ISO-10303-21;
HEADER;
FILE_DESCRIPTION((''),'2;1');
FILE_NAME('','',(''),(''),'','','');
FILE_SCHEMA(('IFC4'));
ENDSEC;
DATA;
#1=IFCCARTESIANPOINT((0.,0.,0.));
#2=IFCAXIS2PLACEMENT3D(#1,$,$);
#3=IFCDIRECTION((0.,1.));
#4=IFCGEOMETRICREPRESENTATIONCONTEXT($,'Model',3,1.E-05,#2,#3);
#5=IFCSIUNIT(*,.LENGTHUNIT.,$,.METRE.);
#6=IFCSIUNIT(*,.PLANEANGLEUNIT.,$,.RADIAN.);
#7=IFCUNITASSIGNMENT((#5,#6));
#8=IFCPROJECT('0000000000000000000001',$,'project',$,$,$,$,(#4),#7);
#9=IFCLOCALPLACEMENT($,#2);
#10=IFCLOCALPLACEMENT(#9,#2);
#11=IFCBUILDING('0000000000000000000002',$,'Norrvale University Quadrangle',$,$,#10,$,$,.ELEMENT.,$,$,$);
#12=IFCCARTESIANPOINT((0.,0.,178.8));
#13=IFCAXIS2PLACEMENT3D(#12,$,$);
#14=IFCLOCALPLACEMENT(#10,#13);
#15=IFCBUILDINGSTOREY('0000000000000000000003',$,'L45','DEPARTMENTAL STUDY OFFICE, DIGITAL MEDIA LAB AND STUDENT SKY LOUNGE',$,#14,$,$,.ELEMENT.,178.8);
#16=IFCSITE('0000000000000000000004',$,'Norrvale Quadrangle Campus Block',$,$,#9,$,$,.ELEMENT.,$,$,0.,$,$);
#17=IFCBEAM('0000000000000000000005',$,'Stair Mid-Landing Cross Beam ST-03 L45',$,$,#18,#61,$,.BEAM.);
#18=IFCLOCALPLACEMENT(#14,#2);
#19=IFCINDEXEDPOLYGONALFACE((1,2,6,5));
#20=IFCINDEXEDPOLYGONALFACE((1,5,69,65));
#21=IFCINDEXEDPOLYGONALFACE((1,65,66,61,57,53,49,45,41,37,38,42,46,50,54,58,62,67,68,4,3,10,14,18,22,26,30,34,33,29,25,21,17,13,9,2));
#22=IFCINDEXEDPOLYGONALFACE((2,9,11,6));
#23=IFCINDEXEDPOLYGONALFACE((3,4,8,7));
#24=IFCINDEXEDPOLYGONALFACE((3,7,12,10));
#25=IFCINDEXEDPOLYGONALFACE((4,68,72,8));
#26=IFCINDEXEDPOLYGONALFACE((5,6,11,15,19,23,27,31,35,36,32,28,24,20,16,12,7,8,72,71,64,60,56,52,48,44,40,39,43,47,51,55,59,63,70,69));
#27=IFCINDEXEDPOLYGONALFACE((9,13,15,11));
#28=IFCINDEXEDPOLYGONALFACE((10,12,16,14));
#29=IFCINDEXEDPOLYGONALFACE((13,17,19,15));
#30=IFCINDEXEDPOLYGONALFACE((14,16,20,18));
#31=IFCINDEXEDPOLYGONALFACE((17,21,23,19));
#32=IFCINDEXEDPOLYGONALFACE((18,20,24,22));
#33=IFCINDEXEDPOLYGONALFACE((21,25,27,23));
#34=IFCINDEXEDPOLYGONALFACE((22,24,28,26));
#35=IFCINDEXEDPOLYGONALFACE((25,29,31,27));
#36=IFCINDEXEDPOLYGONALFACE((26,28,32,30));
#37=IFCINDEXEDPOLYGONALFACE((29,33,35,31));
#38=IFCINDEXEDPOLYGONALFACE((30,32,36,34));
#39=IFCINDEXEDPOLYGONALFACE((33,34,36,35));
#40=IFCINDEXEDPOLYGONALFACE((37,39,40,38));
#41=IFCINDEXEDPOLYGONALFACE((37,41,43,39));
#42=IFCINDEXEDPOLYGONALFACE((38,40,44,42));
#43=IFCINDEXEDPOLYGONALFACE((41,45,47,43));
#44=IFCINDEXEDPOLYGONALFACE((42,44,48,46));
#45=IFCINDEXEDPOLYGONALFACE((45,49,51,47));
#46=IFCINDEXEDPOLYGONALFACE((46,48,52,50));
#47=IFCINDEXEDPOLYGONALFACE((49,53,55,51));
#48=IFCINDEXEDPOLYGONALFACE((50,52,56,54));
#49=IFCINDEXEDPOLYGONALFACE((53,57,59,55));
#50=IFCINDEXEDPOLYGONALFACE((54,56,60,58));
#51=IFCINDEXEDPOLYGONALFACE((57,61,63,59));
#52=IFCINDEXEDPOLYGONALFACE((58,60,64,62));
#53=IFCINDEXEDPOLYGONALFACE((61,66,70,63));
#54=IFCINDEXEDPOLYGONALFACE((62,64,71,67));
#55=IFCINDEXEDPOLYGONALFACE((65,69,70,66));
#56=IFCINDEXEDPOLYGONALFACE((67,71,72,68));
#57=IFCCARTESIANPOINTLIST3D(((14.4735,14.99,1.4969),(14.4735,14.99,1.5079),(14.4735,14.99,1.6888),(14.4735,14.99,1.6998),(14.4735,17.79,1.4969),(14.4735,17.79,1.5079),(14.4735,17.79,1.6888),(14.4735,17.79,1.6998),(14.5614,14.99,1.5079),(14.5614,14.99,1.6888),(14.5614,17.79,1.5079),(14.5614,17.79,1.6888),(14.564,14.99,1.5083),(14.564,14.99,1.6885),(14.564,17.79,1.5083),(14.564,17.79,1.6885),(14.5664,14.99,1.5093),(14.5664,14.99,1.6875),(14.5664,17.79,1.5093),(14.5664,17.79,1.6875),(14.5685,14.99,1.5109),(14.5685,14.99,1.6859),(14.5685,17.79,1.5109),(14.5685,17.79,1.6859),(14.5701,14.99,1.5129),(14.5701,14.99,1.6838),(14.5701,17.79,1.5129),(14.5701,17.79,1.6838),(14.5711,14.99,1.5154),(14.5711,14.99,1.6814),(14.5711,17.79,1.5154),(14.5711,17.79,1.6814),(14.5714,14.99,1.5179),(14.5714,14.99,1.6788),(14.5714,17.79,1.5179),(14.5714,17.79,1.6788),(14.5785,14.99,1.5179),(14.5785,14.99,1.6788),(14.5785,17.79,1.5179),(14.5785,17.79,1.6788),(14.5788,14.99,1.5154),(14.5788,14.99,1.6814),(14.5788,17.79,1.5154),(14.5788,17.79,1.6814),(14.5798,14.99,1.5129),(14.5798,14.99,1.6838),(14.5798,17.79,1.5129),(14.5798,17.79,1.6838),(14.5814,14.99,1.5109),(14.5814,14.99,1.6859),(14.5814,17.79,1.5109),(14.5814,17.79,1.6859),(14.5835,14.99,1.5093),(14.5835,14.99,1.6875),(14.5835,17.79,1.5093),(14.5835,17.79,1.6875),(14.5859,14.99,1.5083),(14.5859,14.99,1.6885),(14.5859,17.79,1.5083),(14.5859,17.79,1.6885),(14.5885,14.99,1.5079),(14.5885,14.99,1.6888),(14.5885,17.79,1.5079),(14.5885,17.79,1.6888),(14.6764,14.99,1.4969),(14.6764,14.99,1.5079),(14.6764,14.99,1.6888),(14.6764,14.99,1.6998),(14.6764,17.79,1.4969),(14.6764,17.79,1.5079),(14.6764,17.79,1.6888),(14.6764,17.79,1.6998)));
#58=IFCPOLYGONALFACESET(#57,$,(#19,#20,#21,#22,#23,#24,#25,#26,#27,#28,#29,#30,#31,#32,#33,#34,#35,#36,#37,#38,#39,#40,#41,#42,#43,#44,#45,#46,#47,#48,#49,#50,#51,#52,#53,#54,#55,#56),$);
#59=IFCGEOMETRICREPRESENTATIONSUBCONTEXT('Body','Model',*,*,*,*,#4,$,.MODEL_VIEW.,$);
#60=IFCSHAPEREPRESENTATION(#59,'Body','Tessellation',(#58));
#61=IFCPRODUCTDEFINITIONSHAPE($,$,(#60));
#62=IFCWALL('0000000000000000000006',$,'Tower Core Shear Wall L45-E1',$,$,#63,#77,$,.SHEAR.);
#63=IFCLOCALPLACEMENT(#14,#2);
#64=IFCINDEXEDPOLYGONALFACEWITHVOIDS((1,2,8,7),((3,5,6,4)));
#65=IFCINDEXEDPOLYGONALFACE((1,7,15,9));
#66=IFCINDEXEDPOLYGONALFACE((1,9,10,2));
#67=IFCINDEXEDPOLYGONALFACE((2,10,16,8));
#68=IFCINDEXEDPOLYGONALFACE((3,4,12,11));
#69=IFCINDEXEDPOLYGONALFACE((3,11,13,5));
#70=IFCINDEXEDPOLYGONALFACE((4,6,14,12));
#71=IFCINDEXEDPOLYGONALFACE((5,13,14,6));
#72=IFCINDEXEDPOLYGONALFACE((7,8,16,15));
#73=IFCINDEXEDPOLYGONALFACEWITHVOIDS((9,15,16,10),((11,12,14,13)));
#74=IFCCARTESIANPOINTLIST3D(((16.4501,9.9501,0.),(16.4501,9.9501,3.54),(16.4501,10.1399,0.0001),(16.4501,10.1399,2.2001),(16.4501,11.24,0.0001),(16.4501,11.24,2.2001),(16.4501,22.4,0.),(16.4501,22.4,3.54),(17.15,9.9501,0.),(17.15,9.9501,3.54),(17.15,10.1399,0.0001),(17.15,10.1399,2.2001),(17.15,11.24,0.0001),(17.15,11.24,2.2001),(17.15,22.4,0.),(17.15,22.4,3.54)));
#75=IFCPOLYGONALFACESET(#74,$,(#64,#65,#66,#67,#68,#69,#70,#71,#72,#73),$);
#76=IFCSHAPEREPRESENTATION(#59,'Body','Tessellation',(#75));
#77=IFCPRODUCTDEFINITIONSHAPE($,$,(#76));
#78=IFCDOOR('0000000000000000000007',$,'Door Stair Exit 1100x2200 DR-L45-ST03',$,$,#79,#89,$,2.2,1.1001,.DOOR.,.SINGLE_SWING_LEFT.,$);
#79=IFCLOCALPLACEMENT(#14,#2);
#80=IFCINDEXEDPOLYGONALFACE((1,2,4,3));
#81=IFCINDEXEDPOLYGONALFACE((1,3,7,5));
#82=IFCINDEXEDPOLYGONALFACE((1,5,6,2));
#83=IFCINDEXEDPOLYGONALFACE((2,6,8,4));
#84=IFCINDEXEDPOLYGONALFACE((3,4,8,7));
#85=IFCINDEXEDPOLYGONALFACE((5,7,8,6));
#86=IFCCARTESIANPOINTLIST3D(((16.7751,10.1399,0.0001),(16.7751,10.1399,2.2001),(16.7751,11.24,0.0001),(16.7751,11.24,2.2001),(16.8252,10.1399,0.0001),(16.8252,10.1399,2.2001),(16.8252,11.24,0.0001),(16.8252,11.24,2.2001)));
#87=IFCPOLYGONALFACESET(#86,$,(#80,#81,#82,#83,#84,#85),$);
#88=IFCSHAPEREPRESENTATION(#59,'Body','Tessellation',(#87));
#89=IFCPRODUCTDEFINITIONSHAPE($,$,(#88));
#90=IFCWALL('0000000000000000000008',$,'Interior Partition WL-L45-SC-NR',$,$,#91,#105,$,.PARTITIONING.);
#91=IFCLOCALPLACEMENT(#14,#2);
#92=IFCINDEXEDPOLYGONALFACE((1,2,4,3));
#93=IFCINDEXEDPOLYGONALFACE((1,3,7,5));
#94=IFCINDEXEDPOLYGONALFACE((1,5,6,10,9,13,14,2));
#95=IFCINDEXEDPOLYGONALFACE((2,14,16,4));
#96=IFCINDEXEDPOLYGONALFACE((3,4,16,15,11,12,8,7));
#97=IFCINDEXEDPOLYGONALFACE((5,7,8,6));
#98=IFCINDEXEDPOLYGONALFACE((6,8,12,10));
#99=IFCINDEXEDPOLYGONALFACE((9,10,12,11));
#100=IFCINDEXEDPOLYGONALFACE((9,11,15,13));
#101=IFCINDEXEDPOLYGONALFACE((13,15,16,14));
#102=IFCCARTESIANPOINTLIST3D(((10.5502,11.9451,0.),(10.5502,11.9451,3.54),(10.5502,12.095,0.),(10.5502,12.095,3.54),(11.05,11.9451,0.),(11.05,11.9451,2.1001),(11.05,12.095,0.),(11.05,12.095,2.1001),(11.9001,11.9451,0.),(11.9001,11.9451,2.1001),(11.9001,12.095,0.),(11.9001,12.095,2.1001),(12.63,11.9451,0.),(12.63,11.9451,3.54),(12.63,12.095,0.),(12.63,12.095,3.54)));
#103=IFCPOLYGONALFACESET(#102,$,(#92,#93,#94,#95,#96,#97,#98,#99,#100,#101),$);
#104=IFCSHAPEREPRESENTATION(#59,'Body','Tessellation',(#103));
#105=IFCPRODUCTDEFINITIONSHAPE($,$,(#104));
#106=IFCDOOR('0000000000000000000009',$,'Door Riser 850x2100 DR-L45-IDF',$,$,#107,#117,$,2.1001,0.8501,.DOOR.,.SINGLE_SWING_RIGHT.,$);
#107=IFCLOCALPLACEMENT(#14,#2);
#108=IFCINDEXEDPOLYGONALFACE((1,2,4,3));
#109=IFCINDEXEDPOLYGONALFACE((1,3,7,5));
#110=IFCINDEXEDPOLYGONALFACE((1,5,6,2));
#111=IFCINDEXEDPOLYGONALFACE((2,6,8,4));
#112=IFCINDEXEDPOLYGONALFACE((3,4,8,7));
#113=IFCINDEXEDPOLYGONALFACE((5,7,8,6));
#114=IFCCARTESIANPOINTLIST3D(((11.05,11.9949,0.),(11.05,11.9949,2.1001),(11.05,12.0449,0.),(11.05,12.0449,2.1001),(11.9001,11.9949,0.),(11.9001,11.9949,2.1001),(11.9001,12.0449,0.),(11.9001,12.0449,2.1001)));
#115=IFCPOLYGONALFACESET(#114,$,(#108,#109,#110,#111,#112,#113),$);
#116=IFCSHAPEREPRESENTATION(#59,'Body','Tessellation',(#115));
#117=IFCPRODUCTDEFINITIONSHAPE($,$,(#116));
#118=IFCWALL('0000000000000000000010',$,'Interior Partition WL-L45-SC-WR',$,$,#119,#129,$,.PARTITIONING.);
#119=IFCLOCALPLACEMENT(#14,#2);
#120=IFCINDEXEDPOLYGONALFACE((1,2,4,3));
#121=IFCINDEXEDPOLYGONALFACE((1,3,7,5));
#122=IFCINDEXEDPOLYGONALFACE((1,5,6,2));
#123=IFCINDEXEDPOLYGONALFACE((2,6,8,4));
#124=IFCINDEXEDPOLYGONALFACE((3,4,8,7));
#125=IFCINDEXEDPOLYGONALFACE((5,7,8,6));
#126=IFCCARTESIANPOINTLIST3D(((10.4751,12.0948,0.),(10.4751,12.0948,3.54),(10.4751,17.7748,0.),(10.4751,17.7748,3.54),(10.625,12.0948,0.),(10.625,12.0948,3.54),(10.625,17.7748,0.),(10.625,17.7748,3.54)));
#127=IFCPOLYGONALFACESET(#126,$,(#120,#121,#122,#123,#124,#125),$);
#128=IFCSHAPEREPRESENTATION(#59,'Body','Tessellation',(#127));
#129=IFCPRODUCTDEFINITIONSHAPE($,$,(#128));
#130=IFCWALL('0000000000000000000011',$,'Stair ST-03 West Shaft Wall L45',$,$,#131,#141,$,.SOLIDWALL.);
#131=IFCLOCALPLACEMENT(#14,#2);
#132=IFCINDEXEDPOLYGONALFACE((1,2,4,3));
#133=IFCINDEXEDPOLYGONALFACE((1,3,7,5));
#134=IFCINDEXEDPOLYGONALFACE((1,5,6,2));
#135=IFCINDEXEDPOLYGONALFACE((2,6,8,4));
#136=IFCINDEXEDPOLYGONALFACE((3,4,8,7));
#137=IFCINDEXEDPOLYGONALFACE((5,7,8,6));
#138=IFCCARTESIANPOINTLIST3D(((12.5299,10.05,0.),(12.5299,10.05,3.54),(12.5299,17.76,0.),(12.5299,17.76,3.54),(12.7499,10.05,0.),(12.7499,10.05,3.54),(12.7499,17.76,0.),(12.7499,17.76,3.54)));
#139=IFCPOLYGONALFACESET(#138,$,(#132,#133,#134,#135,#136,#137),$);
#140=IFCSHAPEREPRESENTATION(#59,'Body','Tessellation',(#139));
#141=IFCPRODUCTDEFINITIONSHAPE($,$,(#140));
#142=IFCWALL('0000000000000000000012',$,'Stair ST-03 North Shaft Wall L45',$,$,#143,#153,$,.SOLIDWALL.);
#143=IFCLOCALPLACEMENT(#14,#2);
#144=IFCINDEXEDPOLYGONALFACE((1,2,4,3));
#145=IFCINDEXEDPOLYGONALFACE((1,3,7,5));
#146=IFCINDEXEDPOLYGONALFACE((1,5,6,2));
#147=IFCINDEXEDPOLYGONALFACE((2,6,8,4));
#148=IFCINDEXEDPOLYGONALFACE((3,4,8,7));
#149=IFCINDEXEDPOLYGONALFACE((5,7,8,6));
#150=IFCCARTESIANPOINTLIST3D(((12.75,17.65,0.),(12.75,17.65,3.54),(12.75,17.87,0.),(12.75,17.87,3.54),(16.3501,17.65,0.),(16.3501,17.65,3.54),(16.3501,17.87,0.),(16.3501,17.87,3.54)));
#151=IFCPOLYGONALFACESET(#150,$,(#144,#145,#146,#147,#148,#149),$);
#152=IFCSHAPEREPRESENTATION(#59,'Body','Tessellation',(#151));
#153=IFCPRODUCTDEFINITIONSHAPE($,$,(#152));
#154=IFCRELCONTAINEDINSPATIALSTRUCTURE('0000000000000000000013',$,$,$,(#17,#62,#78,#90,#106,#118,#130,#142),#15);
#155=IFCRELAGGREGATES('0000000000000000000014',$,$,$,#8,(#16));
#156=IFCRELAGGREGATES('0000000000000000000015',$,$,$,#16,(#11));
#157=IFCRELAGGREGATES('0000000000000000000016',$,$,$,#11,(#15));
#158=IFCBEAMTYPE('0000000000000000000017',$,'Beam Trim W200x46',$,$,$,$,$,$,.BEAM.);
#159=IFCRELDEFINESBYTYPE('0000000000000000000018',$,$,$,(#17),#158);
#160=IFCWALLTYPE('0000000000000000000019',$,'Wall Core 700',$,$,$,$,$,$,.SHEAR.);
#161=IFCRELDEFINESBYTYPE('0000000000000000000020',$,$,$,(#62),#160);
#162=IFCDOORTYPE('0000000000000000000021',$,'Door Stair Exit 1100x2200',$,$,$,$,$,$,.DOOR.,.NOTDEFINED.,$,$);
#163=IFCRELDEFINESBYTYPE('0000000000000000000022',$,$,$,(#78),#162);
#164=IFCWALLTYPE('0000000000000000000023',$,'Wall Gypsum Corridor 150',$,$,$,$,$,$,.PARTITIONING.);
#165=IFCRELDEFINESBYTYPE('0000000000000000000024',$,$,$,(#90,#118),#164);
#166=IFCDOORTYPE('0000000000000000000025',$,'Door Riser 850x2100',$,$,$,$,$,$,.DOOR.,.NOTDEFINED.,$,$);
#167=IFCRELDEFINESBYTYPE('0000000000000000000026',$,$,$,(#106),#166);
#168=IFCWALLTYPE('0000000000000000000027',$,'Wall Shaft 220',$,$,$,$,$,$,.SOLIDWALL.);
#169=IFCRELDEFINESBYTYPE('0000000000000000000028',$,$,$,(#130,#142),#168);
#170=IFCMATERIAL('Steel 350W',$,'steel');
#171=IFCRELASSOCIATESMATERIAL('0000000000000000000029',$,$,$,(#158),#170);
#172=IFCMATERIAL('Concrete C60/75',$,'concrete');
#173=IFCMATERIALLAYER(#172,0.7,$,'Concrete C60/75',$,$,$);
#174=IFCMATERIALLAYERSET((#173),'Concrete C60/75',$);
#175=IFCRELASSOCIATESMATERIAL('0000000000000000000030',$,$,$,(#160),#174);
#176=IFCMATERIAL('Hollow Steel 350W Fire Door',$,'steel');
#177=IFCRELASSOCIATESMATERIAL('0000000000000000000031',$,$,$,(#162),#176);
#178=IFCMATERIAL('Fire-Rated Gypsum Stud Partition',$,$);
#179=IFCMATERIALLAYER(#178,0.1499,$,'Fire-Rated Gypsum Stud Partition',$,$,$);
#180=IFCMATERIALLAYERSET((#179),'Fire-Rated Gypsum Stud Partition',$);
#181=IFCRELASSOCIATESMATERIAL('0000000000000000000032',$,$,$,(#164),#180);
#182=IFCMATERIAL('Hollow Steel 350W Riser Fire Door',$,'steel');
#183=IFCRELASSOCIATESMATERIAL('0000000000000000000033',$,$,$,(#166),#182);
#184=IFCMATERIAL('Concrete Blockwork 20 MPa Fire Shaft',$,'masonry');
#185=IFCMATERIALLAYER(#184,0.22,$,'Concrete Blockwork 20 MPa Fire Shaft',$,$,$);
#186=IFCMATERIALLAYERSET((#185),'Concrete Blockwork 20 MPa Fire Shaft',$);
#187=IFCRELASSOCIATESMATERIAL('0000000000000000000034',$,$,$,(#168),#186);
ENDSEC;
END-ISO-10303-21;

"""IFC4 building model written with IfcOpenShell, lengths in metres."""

from ifc_helpers import new_model, si_unit, direction, frame, frame_2d, origin, origin_2d, place, context, subcontext, project, spatial, rectangle, i_section, extrude, material, layer, layer_set, material_profile, profile_set, type_object, element, fill, save


model = new_model("IFC4")

# Units and contexts
model_context = context("Model", 3, precision=1e-05, world=origin(), true_north=direction((0.0, 1.0)))
body_context = subcontext(model_context, "Body", "Model", "MODEL_VIEW")
ifc_project = project(units=[si_unit("LENGTHUNIT", "METRE"), si_unit("PLANEANGLEUNIT", "RADIAN")], contexts=[model_context])

# Site, building, storey
site_placement = place(None, origin())
site = spatial("IfcSite", under=ifc_project, at=site_placement, Name="Norrvale Quadrangle Campus Block", CompositionType="ELEMENT", RefElevation=0.0)
building_placement = place(site_placement, origin())
building = spatial("IfcBuilding", under=site, at=building_placement, Name="Norrvale University Quadrangle", CompositionType="ELEMENT")
storey_placement = place(building_placement, frame((0.0, 0.0, 178.8)))
storey = spatial("IfcBuildingStorey", under=building, at=storey_placement, Name="L45", Description="DEPARTMENTAL STUDY OFFICE, DIGITAL MEDIA LAB AND STUDENT SKY LOUNGE", CompositionType="ELEMENT", Elevation=178.8)

# Beam
ifc_material_1 = material(Name="Steel 350W", Category="steel")
ifc_material_profile_1 = material_profile(ifc_material_1, i_section(OverallWidth=0.2029, OverallDepth=0.2029, WebThickness=0.0071, FlangeThickness=0.011, FilletRadius=0.01, at=origin_2d()), Name="Steel 350W")
ifc_profile_set_1 = profile_set([ifc_material_profile_1], Name="Steel 350W")
beam_type_1 = type_object("IfcBeamType", Name="Beam Trim W200x46", PredefinedType="BEAM", material=ifc_profile_set_1)
beam_placement = place(storey_placement, frame((14.575, 14.99, 1.5984), z_axis=(0.0, 1.0, 0.0), x_axis=(-1.0, 0.0, 0.0)))
element("IfcBeam", 1, at=beam_placement, inside=storey, type_object=beam_type_1, Name="Stair Mid-Landing Cross Beam ST-03 L45", PredefinedType="BEAM", context=body_context, shape_type="SweptSolid", body=[
    extrude(i_section(OverallWidth=0.2029, OverallDepth=0.2029, WebThickness=0.0071, FlangeThickness=0.011, FilletRadius=0.01, at=origin_2d()), origin(), (0.0, 0.0, 1.0), 2.8),
])

# Walls, openings, doors
ifc_material_2 = material(Name="Concrete C60/75", Category="concrete")
ifc_layer_1 = layer(ifc_material_2, 0.7, Name="Concrete C60/75")
ifc_layer_set_1 = layer_set([ifc_layer_1], Name="Concrete C60/75")
wall_type_1 = type_object("IfcWallType", Name="Wall Core 700", PredefinedType="SHEAR", material=ifc_layer_set_1)
wall_1_placement = place(storey_placement, frame((16.8, 9.95, 0.0), z_axis=(0.0, 0.0, 1.0), x_axis=(0.0, 1.0, 0.0)))
wall_1 = element("IfcWall", 2, at=wall_1_placement, inside=storey, type_object=wall_type_1, Name="Tower Core Shear Wall L45-E1", PredefinedType="SHEAR", context=body_context, shape_type="SweptSolid", body=[
    extrude(rectangle(XDim=12.45, YDim=0.7, at=frame_2d((6.2251, 0.0))), origin(), (0.0, 0.0, 1.0), 3.54),
])
opening_1_placement = place(wall_1_placement, frame((0.1899, 0.0, 0.0)))
opening_1 = element("IfcOpeningElement", 3, at=opening_1_placement, cuts=wall_1, PredefinedType="OPENING", context=body_context, shape_type="SweptSolid", body=[
    extrude(rectangle(XDim=1.1001, YDim=2.2, at=frame_2d((0.55, 1.1001))), frame((0.0, 0.3621, 0.0), z_axis=(0.0, -1.0, 0.0), x_axis=(1.0, 0.0, 0.0)), (0.0, 0.0, 1.0), 0.7239),
])
ifc_material_3 = material(Name="Hollow Steel 350W Fire Door", Category="steel")
door_type_1 = type_object("IfcDoorType", Name="Door Stair Exit 1100x2200", OperationType="NOTDEFINED", PredefinedType="DOOR", material=ifc_material_3)
door_1_placement = place(opening_1_placement, origin())
door_1 = element("IfcDoor", 4, at=door_1_placement, inside=storey, type_object=door_type_1, Name="Door Stair Exit 1100x2200 DR-L45-ST03", OperationType="SINGLE_SWING_LEFT", OverallHeight=2.2, OverallWidth=1.1001, PredefinedType="DOOR", context=body_context, shape_type="SweptSolid", body=[
    extrude(rectangle(XDim=1.1001, YDim=2.2, at=frame_2d((0.55, 1.1001))), frame((0.0, 0.0249, 0.0), z_axis=(0.0, -1.0, 0.0), x_axis=(1.0, 0.0, 0.0)), (0.0, 0.0, 1.0), 0.05),
])
fill(opening_1, door_1)
ifc_material_4 = material(Name="Fire-Rated Gypsum Stud Partition")
ifc_layer_2 = layer(ifc_material_4, 0.1499, Name="Fire-Rated Gypsum Stud Partition")
ifc_layer_set_2 = layer_set([ifc_layer_2], Name="Fire-Rated Gypsum Stud Partition")
wall_type_2 = type_object("IfcWallType", Name="Wall Gypsum Corridor 150", PredefinedType="PARTITIONING", material=ifc_layer_set_2)
wall_2_placement = place(storey_placement, frame((10.55, 12.02, 0.0), z_axis=(0.0, 0.0, 1.0), x_axis=(1.0, 0.0, 0.0)))
wall_2 = element("IfcWall", 5, at=wall_2_placement, inside=storey, type_object=wall_type_2, Name="Interior Partition WL-L45-SC-NR", PredefinedType="PARTITIONING", context=body_context, shape_type="SweptSolid", body=[
    extrude(rectangle(XDim=2.0798, YDim=0.1499, at=frame_2d((1.04, 0.0))), origin(), (0.0, 0.0, 1.0), 3.54),
])
opening_2_placement = place(wall_2_placement, frame((0.5, 0.0, 0.0)))
opening_2 = element("IfcOpeningElement", 6, at=opening_2_placement, cuts=wall_2, PredefinedType="OPENING", context=body_context, shape_type="SweptSolid", body=[
    extrude(rectangle(XDim=0.8501, YDim=2.1001, at=frame_2d((0.425, 1.05))), frame((0.0, 0.0869, 0.0), z_axis=(0.0, -1.0, 0.0), x_axis=(1.0, 0.0, 0.0)), (0.0, 0.0, 1.0), 0.1738),
])
ifc_material_5 = material(Name="Hollow Steel 350W Riser Fire Door", Category="steel")
door_type_2 = type_object("IfcDoorType", Name="Door Riser 850x2100", OperationType="NOTDEFINED", PredefinedType="DOOR", material=ifc_material_5)
door_2_placement = place(opening_2_placement, origin())
door_2 = element("IfcDoor", 7, at=door_2_placement, inside=storey, type_object=door_type_2, Name="Door Riser 850x2100 DR-L45-IDF", OperationType="SINGLE_SWING_RIGHT", OverallHeight=2.1001, OverallWidth=0.8501, PredefinedType="DOOR", context=body_context, shape_type="SweptSolid", body=[
    extrude(rectangle(XDim=0.8501, YDim=2.1001, at=frame_2d((0.425, 1.05))), frame((0.0, 0.0249, 0.0), z_axis=(0.0, -1.0, 0.0), x_axis=(1.0, 0.0, 0.0)), (0.0, 0.0, 1.0), 0.05),
])
fill(opening_2, door_2)

# Walls
wall_3_placement = place(storey_placement, frame((10.55, 12.095, 0.0), z_axis=(0.0, 0.0, 1.0), x_axis=(0.0, 1.0, 0.0)))
element("IfcWall", 8, at=wall_3_placement, inside=storey, type_object=wall_type_2, Name="Interior Partition WL-L45-SC-WR", PredefinedType="PARTITIONING", context=body_context, shape_type="SweptSolid", body=[
    extrude(rectangle(XDim=5.6799, YDim=0.1499, at=frame_2d((2.8398, 0.0))), origin(), (0.0, 0.0, 1.0), 3.54),
])
ifc_material_6 = material(Name="Concrete Blockwork 20 MPa Fire Shaft", Category="masonry")
ifc_layer_3 = layer(ifc_material_6, 0.22, Name="Concrete Blockwork 20 MPa Fire Shaft")
ifc_layer_set_3 = layer_set([ifc_layer_3], Name="Concrete Blockwork 20 MPa Fire Shaft")
wall_type_3 = type_object("IfcWallType", Name="Wall Shaft 220", PredefinedType="SOLIDWALL", material=ifc_layer_set_3)
wall_4_placement = place(storey_placement, frame((12.6399, 10.05, 0.0), z_axis=(0.0, 0.0, 1.0), x_axis=(0.0, 1.0, 0.0)))
element("IfcWall", 9, at=wall_4_placement, inside=storey, type_object=wall_type_3, Name="Stair ST-03 West Shaft Wall L45", PredefinedType="SOLIDWALL", context=body_context, shape_type="SweptSolid", body=[
    extrude(rectangle(XDim=7.71, YDim=0.22, at=frame_2d((3.855, 0.0))), origin(), (0.0, 0.0, 1.0), 3.54),
])
wall_5_placement = place(storey_placement, frame((12.75, 17.76, 0.0), z_axis=(0.0, 0.0, 1.0), x_axis=(1.0, 0.0, 0.0)))
element("IfcWall", 10, at=wall_5_placement, inside=storey, type_object=wall_type_3, Name="Stair ST-03 North Shaft Wall L45", PredefinedType="SOLIDWALL", context=body_context, shape_type="SweptSolid", body=[
    extrude(rectangle(XDim=3.6001, YDim=0.22, at=frame_2d((1.8, 0.0))), origin(), (0.0, 0.0, 1.0), 3.54),
])

save(model, "model.ifc")
